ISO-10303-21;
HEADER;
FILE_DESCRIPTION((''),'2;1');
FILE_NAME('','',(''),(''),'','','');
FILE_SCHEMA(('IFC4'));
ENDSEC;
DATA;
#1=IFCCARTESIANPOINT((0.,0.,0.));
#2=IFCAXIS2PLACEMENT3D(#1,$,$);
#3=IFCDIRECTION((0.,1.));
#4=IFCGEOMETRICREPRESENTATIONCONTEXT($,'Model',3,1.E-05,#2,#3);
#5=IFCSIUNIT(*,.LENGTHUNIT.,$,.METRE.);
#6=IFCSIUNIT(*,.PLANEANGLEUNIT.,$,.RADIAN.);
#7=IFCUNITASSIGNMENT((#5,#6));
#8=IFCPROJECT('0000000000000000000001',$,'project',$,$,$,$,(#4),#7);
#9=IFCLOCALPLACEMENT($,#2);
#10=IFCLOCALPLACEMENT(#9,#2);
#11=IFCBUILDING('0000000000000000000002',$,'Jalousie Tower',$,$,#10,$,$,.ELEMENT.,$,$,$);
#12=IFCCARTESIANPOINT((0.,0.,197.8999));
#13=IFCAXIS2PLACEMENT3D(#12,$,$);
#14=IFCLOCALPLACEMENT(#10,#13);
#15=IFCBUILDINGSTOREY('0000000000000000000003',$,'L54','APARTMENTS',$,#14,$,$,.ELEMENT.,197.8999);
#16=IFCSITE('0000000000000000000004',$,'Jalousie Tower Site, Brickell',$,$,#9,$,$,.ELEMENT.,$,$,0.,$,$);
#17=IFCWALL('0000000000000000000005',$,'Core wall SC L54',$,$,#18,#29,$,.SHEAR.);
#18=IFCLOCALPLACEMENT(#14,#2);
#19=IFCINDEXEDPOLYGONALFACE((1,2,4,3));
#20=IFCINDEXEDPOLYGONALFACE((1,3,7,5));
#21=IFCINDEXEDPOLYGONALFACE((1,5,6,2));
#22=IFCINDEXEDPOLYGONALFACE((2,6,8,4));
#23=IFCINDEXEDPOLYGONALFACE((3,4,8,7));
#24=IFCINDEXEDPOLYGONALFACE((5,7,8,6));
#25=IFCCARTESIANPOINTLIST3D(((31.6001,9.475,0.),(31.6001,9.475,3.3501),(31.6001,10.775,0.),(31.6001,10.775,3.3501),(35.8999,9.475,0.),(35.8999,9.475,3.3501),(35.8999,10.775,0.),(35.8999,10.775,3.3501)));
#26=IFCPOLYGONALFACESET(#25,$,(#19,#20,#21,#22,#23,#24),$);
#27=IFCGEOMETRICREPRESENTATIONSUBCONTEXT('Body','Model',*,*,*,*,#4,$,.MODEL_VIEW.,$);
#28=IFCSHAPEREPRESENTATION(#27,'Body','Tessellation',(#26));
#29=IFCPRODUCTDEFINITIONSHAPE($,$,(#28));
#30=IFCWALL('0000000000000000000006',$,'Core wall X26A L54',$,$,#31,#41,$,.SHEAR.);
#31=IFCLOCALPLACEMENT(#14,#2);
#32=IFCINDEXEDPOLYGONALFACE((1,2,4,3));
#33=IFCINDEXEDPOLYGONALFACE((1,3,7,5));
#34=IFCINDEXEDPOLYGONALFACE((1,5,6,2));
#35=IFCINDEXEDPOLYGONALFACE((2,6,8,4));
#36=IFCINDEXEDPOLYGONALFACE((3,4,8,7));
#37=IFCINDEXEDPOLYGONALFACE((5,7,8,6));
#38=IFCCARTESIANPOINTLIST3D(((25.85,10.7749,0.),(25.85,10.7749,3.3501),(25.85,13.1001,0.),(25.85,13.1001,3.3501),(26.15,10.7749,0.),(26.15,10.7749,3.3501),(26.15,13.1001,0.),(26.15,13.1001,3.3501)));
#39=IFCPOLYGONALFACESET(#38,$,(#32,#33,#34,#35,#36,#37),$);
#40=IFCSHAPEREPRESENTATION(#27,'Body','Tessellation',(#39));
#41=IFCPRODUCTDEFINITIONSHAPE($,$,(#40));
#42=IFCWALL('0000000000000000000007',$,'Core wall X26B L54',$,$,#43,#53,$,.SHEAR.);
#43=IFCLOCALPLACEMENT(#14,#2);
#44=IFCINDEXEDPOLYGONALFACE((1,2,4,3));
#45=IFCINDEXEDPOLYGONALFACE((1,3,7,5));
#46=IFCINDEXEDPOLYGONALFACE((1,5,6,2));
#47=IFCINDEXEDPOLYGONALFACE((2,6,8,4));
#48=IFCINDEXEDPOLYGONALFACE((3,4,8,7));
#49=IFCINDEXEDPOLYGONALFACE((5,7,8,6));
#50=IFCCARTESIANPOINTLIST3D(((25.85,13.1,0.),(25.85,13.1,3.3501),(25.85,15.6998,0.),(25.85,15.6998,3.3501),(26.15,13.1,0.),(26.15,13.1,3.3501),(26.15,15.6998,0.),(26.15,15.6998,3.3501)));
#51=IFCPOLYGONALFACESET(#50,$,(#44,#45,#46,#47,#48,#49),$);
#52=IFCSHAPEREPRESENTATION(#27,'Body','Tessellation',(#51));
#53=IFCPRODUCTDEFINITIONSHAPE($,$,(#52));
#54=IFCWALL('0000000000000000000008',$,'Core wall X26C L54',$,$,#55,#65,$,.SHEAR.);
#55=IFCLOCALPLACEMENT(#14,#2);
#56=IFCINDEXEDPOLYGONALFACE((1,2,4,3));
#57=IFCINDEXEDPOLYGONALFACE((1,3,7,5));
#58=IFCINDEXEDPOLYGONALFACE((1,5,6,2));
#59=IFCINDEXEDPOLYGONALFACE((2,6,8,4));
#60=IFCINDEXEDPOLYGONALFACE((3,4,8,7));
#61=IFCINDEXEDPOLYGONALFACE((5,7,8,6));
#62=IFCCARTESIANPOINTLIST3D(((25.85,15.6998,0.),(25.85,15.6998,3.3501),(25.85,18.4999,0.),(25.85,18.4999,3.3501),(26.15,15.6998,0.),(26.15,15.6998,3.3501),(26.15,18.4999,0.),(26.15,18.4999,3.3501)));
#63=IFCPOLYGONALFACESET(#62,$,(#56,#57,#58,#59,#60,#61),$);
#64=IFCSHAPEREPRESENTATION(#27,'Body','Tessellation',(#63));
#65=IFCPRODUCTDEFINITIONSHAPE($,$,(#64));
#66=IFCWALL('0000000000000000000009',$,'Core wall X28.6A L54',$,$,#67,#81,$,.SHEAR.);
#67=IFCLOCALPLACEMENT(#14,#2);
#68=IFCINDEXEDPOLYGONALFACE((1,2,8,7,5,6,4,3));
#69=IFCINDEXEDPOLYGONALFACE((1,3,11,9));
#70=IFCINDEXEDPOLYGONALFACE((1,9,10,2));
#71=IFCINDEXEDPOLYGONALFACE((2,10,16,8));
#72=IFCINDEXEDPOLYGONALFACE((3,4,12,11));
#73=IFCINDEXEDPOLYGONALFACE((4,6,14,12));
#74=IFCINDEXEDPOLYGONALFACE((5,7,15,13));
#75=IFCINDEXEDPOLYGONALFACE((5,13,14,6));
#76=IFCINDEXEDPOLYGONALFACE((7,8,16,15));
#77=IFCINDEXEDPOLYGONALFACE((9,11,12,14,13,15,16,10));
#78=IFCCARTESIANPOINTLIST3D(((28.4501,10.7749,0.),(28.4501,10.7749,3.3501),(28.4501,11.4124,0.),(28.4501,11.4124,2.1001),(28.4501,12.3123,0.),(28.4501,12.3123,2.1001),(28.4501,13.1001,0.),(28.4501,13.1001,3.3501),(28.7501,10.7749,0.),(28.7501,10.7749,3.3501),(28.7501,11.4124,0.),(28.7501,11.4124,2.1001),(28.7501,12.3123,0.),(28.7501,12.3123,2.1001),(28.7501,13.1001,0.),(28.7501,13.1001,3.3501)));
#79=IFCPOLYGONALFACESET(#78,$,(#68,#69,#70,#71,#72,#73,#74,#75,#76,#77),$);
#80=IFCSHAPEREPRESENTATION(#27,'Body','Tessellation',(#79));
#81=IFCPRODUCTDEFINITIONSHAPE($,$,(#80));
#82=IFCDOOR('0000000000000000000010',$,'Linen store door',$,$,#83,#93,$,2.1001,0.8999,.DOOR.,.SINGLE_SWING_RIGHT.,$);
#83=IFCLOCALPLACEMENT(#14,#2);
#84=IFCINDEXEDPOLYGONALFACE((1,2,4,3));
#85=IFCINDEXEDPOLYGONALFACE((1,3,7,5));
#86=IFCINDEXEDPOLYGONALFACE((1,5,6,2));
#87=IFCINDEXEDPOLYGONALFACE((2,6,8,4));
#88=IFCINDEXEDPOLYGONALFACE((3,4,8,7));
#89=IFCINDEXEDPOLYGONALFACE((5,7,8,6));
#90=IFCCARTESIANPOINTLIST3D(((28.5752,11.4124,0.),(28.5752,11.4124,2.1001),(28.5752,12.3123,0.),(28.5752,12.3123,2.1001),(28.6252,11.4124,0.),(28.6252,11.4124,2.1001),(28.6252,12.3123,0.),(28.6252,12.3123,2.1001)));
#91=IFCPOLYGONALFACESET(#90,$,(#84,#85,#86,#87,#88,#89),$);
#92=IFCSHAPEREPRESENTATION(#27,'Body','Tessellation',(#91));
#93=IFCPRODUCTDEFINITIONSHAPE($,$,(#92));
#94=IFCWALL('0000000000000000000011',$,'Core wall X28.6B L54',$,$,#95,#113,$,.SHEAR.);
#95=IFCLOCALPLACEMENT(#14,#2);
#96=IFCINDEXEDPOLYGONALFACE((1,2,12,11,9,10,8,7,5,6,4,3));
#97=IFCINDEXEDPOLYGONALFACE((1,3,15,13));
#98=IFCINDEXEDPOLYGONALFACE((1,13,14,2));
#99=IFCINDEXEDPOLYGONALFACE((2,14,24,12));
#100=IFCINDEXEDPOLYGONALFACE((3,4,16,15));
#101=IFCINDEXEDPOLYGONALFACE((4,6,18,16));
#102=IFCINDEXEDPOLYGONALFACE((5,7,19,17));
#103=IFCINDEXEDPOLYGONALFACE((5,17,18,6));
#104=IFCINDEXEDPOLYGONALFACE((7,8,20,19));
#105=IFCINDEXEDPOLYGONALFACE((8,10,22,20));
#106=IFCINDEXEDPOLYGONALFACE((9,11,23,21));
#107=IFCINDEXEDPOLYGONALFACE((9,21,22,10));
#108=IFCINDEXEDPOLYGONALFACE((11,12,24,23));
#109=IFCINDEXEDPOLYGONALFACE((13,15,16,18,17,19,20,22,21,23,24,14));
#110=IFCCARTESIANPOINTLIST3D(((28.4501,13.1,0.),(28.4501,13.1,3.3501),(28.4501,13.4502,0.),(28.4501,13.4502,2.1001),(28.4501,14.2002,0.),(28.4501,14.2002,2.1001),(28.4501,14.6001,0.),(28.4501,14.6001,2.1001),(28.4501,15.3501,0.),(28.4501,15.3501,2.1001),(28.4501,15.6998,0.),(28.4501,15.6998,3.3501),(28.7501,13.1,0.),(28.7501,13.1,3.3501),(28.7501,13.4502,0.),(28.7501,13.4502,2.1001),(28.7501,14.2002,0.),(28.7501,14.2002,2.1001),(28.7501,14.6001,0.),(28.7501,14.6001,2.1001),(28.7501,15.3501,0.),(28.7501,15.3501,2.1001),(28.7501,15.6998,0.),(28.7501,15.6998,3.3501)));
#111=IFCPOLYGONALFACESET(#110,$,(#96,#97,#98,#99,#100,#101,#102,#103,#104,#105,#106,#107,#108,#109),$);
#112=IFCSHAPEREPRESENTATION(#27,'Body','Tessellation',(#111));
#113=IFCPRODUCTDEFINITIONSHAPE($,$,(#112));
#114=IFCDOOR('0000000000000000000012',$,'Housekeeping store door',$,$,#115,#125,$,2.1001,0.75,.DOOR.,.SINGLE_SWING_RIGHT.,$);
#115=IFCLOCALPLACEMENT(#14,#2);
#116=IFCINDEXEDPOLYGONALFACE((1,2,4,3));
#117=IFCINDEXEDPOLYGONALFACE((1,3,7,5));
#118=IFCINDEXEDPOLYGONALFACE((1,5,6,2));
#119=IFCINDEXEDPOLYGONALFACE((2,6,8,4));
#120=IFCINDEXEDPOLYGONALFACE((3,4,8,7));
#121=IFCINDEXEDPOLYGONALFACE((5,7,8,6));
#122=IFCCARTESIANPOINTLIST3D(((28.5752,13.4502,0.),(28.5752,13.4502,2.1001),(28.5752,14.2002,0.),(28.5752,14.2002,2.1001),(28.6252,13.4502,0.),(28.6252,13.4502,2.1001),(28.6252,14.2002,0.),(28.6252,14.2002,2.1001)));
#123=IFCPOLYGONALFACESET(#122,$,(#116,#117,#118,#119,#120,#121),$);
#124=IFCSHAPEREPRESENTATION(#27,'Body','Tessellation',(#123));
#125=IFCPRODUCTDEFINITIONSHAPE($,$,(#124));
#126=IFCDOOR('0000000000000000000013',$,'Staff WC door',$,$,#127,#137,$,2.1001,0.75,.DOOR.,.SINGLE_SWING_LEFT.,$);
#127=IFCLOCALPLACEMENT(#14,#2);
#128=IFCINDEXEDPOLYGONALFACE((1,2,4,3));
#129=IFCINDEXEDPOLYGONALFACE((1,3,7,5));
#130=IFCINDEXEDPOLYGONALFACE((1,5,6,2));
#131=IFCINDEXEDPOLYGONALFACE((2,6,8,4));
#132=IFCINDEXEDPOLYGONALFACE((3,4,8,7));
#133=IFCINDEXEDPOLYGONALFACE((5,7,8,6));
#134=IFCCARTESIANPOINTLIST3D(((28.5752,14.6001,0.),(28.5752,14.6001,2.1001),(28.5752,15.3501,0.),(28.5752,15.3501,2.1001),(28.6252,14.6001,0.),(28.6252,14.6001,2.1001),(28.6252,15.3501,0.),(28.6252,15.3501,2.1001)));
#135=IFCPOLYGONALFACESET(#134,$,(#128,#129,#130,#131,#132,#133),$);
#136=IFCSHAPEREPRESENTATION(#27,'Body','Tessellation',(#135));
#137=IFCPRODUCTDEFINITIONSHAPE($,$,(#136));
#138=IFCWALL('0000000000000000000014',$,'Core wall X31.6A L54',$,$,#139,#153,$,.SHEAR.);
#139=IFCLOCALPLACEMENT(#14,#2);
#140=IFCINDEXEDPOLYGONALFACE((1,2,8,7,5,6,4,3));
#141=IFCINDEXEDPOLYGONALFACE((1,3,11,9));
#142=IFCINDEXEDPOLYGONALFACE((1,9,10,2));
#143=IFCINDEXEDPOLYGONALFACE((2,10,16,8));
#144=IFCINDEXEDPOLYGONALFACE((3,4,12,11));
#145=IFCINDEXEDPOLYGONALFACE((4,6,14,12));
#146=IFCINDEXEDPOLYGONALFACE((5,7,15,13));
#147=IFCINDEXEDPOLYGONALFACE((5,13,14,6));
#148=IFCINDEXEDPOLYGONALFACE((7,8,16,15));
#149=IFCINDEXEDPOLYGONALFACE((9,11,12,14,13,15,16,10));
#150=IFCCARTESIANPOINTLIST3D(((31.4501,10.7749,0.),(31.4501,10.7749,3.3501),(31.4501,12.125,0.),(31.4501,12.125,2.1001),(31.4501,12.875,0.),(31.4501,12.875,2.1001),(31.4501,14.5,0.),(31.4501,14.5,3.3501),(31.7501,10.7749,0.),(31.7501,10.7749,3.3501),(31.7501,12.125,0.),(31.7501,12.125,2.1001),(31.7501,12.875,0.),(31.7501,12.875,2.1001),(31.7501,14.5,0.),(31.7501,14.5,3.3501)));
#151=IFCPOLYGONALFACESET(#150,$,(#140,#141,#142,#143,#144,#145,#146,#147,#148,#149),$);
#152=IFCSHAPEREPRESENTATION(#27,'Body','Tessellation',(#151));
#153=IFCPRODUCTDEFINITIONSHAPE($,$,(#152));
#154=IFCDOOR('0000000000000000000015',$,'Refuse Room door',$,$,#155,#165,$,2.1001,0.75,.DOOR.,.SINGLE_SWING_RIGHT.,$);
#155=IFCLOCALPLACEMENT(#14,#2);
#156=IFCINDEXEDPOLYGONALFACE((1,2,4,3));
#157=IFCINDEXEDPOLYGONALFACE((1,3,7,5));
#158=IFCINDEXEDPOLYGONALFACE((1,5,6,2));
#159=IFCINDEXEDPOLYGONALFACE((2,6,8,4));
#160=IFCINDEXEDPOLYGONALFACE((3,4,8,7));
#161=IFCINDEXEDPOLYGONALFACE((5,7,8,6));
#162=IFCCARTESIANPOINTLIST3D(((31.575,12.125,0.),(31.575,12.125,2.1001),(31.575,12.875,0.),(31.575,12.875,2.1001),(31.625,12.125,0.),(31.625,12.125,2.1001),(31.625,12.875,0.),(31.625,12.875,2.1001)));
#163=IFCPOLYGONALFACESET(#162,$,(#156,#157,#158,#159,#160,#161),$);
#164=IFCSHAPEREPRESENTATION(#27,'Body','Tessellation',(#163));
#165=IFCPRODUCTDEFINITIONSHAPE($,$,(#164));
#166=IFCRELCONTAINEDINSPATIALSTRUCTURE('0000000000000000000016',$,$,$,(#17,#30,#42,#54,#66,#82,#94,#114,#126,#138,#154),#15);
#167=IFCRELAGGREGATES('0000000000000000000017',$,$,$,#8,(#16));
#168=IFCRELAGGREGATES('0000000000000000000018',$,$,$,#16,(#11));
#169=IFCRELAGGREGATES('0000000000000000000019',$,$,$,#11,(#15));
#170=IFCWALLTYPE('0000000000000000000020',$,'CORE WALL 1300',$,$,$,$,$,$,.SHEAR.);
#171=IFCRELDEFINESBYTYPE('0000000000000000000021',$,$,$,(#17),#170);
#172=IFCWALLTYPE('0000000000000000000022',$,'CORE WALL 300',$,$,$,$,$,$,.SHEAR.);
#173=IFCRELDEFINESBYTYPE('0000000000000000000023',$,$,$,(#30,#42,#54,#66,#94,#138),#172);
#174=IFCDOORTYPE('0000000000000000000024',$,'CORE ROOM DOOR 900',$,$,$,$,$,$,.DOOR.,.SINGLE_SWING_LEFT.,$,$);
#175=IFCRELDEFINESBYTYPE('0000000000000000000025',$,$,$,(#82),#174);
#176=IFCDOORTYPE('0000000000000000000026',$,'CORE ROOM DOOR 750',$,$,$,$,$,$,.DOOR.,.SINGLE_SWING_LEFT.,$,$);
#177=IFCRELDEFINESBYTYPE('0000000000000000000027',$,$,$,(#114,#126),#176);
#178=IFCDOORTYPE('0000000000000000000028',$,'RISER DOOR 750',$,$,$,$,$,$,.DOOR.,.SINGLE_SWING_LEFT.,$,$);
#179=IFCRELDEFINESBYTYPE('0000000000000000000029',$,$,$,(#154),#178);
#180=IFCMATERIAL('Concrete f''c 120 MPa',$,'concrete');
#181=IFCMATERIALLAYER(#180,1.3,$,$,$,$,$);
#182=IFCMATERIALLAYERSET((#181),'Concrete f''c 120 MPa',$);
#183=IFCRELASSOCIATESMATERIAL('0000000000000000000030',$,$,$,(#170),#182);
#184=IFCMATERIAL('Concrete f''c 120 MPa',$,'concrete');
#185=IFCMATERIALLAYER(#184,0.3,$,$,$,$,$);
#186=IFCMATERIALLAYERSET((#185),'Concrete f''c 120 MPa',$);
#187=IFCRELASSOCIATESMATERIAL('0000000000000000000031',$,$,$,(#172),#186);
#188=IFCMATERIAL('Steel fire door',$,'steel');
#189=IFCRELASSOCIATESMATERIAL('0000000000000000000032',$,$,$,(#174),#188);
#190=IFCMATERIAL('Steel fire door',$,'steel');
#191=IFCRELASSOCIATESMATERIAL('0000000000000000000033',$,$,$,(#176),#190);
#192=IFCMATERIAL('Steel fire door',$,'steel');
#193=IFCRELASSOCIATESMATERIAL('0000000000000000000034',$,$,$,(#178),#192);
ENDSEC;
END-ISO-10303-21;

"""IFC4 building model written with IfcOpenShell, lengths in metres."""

from ifc_helpers import new_model, si_unit, direction, frame, frame_2d, origin, place, context, subcontext, project, spatial, rectangle, extrude, material, layer, layer_set, type_object, element, fill, save


model = new_model("IFC4")

# Units and contexts
model_context = context("Model", 3, precision=1e-05, world=origin(), true_north=direction((0.0, 1.0)))
body_context = subcontext(model_context, "Body", "Model", "MODEL_VIEW")
ifc_project = project(units=[si_unit("LENGTHUNIT", "METRE"), si_unit("PLANEANGLEUNIT", "RADIAN")], contexts=[model_context])

# Site, building, storey
site_placement = place(None, origin())
site = spatial("IfcSite", under=ifc_project, at=site_placement, Name="Jalousie Tower Site, Brickell", CompositionType="ELEMENT", RefElevation=0.0)
building_placement = place(site_placement, origin())
building = spatial("IfcBuilding", under=site, at=building_placement, Name="Jalousie Tower", CompositionType="ELEMENT")
storey_placement = place(building_placement, frame((0.0, 0.0, 197.8999)))
storey = spatial("IfcBuildingStorey", under=building, at=storey_placement, Name="L54", Description="APARTMENTS", CompositionType="ELEMENT", Elevation=197.8999)

# Walls
ifc_material_1 = material(Name="Concrete f'c 120 MPa", Category="concrete")
ifc_layer_1 = layer(ifc_material_1, 1.3)
ifc_layer_set_1 = layer_set([ifc_layer_1], Name="Concrete f'c 120 MPa")
wall_type_1 = type_object("IfcWallType", Name="CORE WALL 1300", PredefinedType="SHEAR", material=ifc_layer_set_1)
wall_1_placement = place(storey_placement, frame((31.6001, 10.125, 0.0), z_axis=(0.0, 0.0, 1.0), x_axis=(1.0, 0.0, 0.0)))
element("IfcWall", 1, at=wall_1_placement, inside=storey, type_object=wall_type_1, Name="Core wall SC L54", PredefinedType="SHEAR", context=body_context, shape_type="SweptSolid", body=[
    extrude(rectangle(XDim=4.2998, YDim=1.3, at=frame_2d((2.1499, 0.0))), origin(), (0.0, 0.0, 1.0), 3.3501),
])
ifc_material_2 = material(Name="Concrete f'c 120 MPa", Category="concrete")
ifc_layer_2 = layer(ifc_material_2, 0.3)
ifc_layer_set_2 = layer_set([ifc_layer_2], Name="Concrete f'c 120 MPa")
wall_type_2 = type_object("IfcWallType", Name="CORE WALL 300", PredefinedType="SHEAR", material=ifc_layer_set_2)
wall_2_placement = place(storey_placement, frame((26.0, 10.7749, 0.0), z_axis=(0.0, 0.0, 1.0), x_axis=(0.0, 1.0, 0.0)))
element("IfcWall", 2, at=wall_2_placement, inside=storey, type_object=wall_type_2, Name="Core wall X26A L54", PredefinedType="SHEAR", context=body_context, shape_type="SweptSolid", body=[
    extrude(rectangle(XDim=2.3252, YDim=0.3, at=frame_2d((1.1626, 0.0))), origin(), (0.0, 0.0, 1.0), 3.3501),
])
wall_3_placement = place(storey_placement, frame((26.0, 13.1001, 0.0), z_axis=(0.0, 0.0, 1.0), x_axis=(0.0, 1.0, 0.0)))
element("IfcWall", 3, at=wall_3_placement, inside=storey, type_object=wall_type_2, Name="Core wall X26B L54", PredefinedType="SHEAR", context=body_context, shape_type="SweptSolid", body=[
    extrude(rectangle(XDim=2.5999, YDim=0.3, at=frame_2d((1.2998, 0.0))), origin(), (0.0, 0.0, 1.0), 3.3501),
])
wall_4_placement = place(storey_placement, frame((26.0, 15.7, 0.0), z_axis=(0.0, 0.0, 1.0), x_axis=(0.0, 1.0, 0.0)))
element("IfcWall", 4, at=wall_4_placement, inside=storey, type_object=wall_type_2, Name="Core wall X26C L54", PredefinedType="SHEAR", context=body_context, shape_type="SweptSolid", body=[
    extrude(rectangle(XDim=2.8, YDim=0.3, at=frame_2d((1.3999, 0.0))), origin(), (0.0, 0.0, 1.0), 3.3501),
])

# Wall, opening, door
wall_5_placement = place(storey_placement, frame((28.6001, 10.7749, 0.0), z_axis=(0.0, 0.0, 1.0), x_axis=(0.0, 1.0, 0.0)))
wall_5 = element("IfcWall", 5, at=wall_5_placement, inside=storey, type_object=wall_type_2, Name="Core wall X28.6A L54", PredefinedType="SHEAR", context=body_context, shape_type="SweptSolid", body=[
    extrude(rectangle(XDim=2.3252, YDim=0.3, at=frame_2d((1.1626, 0.0))), origin(), (0.0, 0.0, 1.0), 3.3501),
])
opening_1_placement = place(wall_5_placement, frame((0.6375, 0.0, 0.0)))
opening_1 = element("IfcOpeningElement", 6, at=opening_1_placement, cuts=wall_5, PredefinedType="OPENING", context=body_context, shape_type="SweptSolid", body=[
    extrude(rectangle(XDim=0.8999, YDim=2.1001, at=frame_2d((0.45, 1.05))), frame((0.0, 0.1599, 0.0), z_axis=(0.0, -1.0, 0.0), x_axis=(1.0, 0.0, 0.0)), (0.0, 0.0, 1.0), 0.3201),
])
ifc_material_3 = material(Name="Steel fire door", Category="steel")
door_type_1 = type_object("IfcDoorType", Name="CORE ROOM DOOR 900", OperationType="SINGLE_SWING_LEFT", PredefinedType="DOOR", material=ifc_material_3)
door_1_placement = place(opening_1_placement, origin())
door_1 = element("IfcDoor", 7, at=door_1_placement, inside=storey, type_object=door_type_1, Name="Linen store door", OperationType="SINGLE_SWING_RIGHT", OverallHeight=2.1001, OverallWidth=0.8999, PredefinedType="DOOR", context=body_context, shape_type="SweptSolid", body=[
    extrude(rectangle(XDim=0.8999, YDim=2.1001, at=frame_2d((0.45, 1.05))), frame((0.0, 0.0249, 0.0), z_axis=(0.0, -1.0, 0.0), x_axis=(1.0, 0.0, 0.0)), (0.0, 0.0, 1.0), 0.05),
])
fill(opening_1, door_1)

# Wall, openings, doors
wall_6_placement = place(storey_placement, frame((28.6001, 13.1001, 0.0), z_axis=(0.0, 0.0, 1.0), x_axis=(0.0, 1.0, 0.0)))
wall_6 = element("IfcWall", 8, at=wall_6_placement, inside=storey, type_object=wall_type_2, Name="Core wall X28.6B L54", PredefinedType="SHEAR", context=body_context, shape_type="SweptSolid", body=[
    extrude(rectangle(XDim=2.5999, YDim=0.3, at=frame_2d((1.2998, 0.0))), origin(), (0.0, 0.0, 1.0), 3.3501),
])
opening_2_placement = place(wall_6_placement, frame((0.3501, 0.0, 0.0)))
opening_2 = element("IfcOpeningElement", 9, at=opening_2_placement, cuts=wall_6, PredefinedType="OPENING", context=body_context, shape_type="SweptSolid", body=[
    extrude(rectangle(XDim=0.75, YDim=2.1001, at=frame_2d((0.375, 1.05))), frame((0.0, 0.1599, 0.0), z_axis=(0.0, -1.0, 0.0), x_axis=(1.0, 0.0, 0.0)), (0.0, 0.0, 1.0), 0.3201),
])
opening_3_placement = place(wall_6_placement, frame((1.5, 0.0, 0.0)))
opening_3 = element("IfcOpeningElement", 10, at=opening_3_placement, cuts=wall_6, PredefinedType="OPENING", context=body_context, shape_type="SweptSolid", body=[
    extrude(rectangle(XDim=0.75, YDim=2.1001, at=frame_2d((0.375, 1.05))), frame((0.0, 0.1599, 0.0), z_axis=(0.0, -1.0, 0.0), x_axis=(1.0, 0.0, 0.0)), (0.0, 0.0, 1.0), 0.3201),
])
ifc_material_4 = material(Name="Steel fire door", Category="steel")
door_type_2 = type_object("IfcDoorType", Name="CORE ROOM DOOR 750", OperationType="SINGLE_SWING_LEFT", PredefinedType="DOOR", material=ifc_material_4)
door_2_placement = place(opening_2_placement, origin())
door_2 = element("IfcDoor", 11, at=door_2_placement, inside=storey, type_object=door_type_2, Name="Housekeeping store door", OperationType="SINGLE_SWING_RIGHT", OverallHeight=2.1001, OverallWidth=0.75, PredefinedType="DOOR", context=body_context, shape_type="SweptSolid", body=[
    extrude(rectangle(XDim=0.75, YDim=2.1001, at=frame_2d((0.375, 1.05))), frame((0.0, 0.0249, 0.0), z_axis=(0.0, -1.0, 0.0), x_axis=(1.0, 0.0, 0.0)), (0.0, 0.0, 1.0), 0.05),
])
fill(opening_2, door_2)
door_3_placement = place(opening_3_placement, origin())
door_3 = element("IfcDoor", 12, at=door_3_placement, inside=storey, type_object=door_type_2, Name="Staff WC door", OperationType="SINGLE_SWING_LEFT", OverallHeight=2.1001, OverallWidth=0.75, PredefinedType="DOOR", context=body_context, shape_type="SweptSolid", body=[
    extrude(rectangle(XDim=0.75, YDim=2.1001, at=frame_2d((0.375, 1.05))), frame((0.0, 0.0249, 0.0), z_axis=(0.0, -1.0, 0.0), x_axis=(1.0, 0.0, 0.0)), (0.0, 0.0, 1.0), 0.05),
])
fill(opening_3, door_3)

# Wall, opening, door
wall_7_placement = place(storey_placement, frame((31.6001, 10.7749, 0.0), z_axis=(0.0, 0.0, 1.0), x_axis=(0.0, 1.0, 0.0)))
wall_7 = element("IfcWall", 13, at=wall_7_placement, inside=storey, type_object=wall_type_2, Name="Core wall X31.6A L54", PredefinedType="SHEAR", context=body_context, shape_type="SweptSolid", body=[
    extrude(rectangle(XDim=3.7251, YDim=0.3, at=frame_2d((1.8625, 0.0))), origin(), (0.0, 0.0, 1.0), 3.3501),
])
opening_4_placement = place(wall_7_placement, frame((1.3501, 0.0, 0.0)))
opening_4 = element("IfcOpeningElement", 14, at=opening_4_placement, cuts=wall_7, PredefinedType="OPENING", context=body_context, shape_type="SweptSolid", body=[
    extrude(rectangle(XDim=0.75, YDim=2.1001, at=frame_2d((0.375, 1.05))), frame((0.0, 0.1599, 0.0), z_axis=(0.0, -1.0, 0.0), x_axis=(1.0, 0.0, 0.0)), (0.0, 0.0, 1.0), 0.3201),
])
ifc_material_5 = material(Name="Steel fire door", Category="steel")
door_type_3 = type_object("IfcDoorType", Name="RISER DOOR 750", OperationType="SINGLE_SWING_LEFT", PredefinedType="DOOR", material=ifc_material_5)
door_4_placement = place(opening_4_placement, frame((0.75, 0.0, 0.0), z_axis=(0.0, 0.0, 1.0), x_axis=(-1.0, 0.0, 0.0)))
door_4 = element("IfcDoor", 15, at=door_4_placement, inside=storey, type_object=door_type_3, Name="Refuse Room door", OperationType="SINGLE_SWING_RIGHT", OverallHeight=2.1001, OverallWidth=0.75, PredefinedType="DOOR", context=body_context, shape_type="SweptSolid", body=[
    extrude(rectangle(XDim=0.75, YDim=2.1001, at=frame_2d((0.375, 1.05))), frame((0.0, 0.0249, 0.0), z_axis=(0.0, -1.0, 0.0), x_axis=(1.0, 0.0, 0.0)), (0.0, 0.0, 1.0), 0.05),
])
fill(opening_4, door_4)

save(model, "model.ifc")
